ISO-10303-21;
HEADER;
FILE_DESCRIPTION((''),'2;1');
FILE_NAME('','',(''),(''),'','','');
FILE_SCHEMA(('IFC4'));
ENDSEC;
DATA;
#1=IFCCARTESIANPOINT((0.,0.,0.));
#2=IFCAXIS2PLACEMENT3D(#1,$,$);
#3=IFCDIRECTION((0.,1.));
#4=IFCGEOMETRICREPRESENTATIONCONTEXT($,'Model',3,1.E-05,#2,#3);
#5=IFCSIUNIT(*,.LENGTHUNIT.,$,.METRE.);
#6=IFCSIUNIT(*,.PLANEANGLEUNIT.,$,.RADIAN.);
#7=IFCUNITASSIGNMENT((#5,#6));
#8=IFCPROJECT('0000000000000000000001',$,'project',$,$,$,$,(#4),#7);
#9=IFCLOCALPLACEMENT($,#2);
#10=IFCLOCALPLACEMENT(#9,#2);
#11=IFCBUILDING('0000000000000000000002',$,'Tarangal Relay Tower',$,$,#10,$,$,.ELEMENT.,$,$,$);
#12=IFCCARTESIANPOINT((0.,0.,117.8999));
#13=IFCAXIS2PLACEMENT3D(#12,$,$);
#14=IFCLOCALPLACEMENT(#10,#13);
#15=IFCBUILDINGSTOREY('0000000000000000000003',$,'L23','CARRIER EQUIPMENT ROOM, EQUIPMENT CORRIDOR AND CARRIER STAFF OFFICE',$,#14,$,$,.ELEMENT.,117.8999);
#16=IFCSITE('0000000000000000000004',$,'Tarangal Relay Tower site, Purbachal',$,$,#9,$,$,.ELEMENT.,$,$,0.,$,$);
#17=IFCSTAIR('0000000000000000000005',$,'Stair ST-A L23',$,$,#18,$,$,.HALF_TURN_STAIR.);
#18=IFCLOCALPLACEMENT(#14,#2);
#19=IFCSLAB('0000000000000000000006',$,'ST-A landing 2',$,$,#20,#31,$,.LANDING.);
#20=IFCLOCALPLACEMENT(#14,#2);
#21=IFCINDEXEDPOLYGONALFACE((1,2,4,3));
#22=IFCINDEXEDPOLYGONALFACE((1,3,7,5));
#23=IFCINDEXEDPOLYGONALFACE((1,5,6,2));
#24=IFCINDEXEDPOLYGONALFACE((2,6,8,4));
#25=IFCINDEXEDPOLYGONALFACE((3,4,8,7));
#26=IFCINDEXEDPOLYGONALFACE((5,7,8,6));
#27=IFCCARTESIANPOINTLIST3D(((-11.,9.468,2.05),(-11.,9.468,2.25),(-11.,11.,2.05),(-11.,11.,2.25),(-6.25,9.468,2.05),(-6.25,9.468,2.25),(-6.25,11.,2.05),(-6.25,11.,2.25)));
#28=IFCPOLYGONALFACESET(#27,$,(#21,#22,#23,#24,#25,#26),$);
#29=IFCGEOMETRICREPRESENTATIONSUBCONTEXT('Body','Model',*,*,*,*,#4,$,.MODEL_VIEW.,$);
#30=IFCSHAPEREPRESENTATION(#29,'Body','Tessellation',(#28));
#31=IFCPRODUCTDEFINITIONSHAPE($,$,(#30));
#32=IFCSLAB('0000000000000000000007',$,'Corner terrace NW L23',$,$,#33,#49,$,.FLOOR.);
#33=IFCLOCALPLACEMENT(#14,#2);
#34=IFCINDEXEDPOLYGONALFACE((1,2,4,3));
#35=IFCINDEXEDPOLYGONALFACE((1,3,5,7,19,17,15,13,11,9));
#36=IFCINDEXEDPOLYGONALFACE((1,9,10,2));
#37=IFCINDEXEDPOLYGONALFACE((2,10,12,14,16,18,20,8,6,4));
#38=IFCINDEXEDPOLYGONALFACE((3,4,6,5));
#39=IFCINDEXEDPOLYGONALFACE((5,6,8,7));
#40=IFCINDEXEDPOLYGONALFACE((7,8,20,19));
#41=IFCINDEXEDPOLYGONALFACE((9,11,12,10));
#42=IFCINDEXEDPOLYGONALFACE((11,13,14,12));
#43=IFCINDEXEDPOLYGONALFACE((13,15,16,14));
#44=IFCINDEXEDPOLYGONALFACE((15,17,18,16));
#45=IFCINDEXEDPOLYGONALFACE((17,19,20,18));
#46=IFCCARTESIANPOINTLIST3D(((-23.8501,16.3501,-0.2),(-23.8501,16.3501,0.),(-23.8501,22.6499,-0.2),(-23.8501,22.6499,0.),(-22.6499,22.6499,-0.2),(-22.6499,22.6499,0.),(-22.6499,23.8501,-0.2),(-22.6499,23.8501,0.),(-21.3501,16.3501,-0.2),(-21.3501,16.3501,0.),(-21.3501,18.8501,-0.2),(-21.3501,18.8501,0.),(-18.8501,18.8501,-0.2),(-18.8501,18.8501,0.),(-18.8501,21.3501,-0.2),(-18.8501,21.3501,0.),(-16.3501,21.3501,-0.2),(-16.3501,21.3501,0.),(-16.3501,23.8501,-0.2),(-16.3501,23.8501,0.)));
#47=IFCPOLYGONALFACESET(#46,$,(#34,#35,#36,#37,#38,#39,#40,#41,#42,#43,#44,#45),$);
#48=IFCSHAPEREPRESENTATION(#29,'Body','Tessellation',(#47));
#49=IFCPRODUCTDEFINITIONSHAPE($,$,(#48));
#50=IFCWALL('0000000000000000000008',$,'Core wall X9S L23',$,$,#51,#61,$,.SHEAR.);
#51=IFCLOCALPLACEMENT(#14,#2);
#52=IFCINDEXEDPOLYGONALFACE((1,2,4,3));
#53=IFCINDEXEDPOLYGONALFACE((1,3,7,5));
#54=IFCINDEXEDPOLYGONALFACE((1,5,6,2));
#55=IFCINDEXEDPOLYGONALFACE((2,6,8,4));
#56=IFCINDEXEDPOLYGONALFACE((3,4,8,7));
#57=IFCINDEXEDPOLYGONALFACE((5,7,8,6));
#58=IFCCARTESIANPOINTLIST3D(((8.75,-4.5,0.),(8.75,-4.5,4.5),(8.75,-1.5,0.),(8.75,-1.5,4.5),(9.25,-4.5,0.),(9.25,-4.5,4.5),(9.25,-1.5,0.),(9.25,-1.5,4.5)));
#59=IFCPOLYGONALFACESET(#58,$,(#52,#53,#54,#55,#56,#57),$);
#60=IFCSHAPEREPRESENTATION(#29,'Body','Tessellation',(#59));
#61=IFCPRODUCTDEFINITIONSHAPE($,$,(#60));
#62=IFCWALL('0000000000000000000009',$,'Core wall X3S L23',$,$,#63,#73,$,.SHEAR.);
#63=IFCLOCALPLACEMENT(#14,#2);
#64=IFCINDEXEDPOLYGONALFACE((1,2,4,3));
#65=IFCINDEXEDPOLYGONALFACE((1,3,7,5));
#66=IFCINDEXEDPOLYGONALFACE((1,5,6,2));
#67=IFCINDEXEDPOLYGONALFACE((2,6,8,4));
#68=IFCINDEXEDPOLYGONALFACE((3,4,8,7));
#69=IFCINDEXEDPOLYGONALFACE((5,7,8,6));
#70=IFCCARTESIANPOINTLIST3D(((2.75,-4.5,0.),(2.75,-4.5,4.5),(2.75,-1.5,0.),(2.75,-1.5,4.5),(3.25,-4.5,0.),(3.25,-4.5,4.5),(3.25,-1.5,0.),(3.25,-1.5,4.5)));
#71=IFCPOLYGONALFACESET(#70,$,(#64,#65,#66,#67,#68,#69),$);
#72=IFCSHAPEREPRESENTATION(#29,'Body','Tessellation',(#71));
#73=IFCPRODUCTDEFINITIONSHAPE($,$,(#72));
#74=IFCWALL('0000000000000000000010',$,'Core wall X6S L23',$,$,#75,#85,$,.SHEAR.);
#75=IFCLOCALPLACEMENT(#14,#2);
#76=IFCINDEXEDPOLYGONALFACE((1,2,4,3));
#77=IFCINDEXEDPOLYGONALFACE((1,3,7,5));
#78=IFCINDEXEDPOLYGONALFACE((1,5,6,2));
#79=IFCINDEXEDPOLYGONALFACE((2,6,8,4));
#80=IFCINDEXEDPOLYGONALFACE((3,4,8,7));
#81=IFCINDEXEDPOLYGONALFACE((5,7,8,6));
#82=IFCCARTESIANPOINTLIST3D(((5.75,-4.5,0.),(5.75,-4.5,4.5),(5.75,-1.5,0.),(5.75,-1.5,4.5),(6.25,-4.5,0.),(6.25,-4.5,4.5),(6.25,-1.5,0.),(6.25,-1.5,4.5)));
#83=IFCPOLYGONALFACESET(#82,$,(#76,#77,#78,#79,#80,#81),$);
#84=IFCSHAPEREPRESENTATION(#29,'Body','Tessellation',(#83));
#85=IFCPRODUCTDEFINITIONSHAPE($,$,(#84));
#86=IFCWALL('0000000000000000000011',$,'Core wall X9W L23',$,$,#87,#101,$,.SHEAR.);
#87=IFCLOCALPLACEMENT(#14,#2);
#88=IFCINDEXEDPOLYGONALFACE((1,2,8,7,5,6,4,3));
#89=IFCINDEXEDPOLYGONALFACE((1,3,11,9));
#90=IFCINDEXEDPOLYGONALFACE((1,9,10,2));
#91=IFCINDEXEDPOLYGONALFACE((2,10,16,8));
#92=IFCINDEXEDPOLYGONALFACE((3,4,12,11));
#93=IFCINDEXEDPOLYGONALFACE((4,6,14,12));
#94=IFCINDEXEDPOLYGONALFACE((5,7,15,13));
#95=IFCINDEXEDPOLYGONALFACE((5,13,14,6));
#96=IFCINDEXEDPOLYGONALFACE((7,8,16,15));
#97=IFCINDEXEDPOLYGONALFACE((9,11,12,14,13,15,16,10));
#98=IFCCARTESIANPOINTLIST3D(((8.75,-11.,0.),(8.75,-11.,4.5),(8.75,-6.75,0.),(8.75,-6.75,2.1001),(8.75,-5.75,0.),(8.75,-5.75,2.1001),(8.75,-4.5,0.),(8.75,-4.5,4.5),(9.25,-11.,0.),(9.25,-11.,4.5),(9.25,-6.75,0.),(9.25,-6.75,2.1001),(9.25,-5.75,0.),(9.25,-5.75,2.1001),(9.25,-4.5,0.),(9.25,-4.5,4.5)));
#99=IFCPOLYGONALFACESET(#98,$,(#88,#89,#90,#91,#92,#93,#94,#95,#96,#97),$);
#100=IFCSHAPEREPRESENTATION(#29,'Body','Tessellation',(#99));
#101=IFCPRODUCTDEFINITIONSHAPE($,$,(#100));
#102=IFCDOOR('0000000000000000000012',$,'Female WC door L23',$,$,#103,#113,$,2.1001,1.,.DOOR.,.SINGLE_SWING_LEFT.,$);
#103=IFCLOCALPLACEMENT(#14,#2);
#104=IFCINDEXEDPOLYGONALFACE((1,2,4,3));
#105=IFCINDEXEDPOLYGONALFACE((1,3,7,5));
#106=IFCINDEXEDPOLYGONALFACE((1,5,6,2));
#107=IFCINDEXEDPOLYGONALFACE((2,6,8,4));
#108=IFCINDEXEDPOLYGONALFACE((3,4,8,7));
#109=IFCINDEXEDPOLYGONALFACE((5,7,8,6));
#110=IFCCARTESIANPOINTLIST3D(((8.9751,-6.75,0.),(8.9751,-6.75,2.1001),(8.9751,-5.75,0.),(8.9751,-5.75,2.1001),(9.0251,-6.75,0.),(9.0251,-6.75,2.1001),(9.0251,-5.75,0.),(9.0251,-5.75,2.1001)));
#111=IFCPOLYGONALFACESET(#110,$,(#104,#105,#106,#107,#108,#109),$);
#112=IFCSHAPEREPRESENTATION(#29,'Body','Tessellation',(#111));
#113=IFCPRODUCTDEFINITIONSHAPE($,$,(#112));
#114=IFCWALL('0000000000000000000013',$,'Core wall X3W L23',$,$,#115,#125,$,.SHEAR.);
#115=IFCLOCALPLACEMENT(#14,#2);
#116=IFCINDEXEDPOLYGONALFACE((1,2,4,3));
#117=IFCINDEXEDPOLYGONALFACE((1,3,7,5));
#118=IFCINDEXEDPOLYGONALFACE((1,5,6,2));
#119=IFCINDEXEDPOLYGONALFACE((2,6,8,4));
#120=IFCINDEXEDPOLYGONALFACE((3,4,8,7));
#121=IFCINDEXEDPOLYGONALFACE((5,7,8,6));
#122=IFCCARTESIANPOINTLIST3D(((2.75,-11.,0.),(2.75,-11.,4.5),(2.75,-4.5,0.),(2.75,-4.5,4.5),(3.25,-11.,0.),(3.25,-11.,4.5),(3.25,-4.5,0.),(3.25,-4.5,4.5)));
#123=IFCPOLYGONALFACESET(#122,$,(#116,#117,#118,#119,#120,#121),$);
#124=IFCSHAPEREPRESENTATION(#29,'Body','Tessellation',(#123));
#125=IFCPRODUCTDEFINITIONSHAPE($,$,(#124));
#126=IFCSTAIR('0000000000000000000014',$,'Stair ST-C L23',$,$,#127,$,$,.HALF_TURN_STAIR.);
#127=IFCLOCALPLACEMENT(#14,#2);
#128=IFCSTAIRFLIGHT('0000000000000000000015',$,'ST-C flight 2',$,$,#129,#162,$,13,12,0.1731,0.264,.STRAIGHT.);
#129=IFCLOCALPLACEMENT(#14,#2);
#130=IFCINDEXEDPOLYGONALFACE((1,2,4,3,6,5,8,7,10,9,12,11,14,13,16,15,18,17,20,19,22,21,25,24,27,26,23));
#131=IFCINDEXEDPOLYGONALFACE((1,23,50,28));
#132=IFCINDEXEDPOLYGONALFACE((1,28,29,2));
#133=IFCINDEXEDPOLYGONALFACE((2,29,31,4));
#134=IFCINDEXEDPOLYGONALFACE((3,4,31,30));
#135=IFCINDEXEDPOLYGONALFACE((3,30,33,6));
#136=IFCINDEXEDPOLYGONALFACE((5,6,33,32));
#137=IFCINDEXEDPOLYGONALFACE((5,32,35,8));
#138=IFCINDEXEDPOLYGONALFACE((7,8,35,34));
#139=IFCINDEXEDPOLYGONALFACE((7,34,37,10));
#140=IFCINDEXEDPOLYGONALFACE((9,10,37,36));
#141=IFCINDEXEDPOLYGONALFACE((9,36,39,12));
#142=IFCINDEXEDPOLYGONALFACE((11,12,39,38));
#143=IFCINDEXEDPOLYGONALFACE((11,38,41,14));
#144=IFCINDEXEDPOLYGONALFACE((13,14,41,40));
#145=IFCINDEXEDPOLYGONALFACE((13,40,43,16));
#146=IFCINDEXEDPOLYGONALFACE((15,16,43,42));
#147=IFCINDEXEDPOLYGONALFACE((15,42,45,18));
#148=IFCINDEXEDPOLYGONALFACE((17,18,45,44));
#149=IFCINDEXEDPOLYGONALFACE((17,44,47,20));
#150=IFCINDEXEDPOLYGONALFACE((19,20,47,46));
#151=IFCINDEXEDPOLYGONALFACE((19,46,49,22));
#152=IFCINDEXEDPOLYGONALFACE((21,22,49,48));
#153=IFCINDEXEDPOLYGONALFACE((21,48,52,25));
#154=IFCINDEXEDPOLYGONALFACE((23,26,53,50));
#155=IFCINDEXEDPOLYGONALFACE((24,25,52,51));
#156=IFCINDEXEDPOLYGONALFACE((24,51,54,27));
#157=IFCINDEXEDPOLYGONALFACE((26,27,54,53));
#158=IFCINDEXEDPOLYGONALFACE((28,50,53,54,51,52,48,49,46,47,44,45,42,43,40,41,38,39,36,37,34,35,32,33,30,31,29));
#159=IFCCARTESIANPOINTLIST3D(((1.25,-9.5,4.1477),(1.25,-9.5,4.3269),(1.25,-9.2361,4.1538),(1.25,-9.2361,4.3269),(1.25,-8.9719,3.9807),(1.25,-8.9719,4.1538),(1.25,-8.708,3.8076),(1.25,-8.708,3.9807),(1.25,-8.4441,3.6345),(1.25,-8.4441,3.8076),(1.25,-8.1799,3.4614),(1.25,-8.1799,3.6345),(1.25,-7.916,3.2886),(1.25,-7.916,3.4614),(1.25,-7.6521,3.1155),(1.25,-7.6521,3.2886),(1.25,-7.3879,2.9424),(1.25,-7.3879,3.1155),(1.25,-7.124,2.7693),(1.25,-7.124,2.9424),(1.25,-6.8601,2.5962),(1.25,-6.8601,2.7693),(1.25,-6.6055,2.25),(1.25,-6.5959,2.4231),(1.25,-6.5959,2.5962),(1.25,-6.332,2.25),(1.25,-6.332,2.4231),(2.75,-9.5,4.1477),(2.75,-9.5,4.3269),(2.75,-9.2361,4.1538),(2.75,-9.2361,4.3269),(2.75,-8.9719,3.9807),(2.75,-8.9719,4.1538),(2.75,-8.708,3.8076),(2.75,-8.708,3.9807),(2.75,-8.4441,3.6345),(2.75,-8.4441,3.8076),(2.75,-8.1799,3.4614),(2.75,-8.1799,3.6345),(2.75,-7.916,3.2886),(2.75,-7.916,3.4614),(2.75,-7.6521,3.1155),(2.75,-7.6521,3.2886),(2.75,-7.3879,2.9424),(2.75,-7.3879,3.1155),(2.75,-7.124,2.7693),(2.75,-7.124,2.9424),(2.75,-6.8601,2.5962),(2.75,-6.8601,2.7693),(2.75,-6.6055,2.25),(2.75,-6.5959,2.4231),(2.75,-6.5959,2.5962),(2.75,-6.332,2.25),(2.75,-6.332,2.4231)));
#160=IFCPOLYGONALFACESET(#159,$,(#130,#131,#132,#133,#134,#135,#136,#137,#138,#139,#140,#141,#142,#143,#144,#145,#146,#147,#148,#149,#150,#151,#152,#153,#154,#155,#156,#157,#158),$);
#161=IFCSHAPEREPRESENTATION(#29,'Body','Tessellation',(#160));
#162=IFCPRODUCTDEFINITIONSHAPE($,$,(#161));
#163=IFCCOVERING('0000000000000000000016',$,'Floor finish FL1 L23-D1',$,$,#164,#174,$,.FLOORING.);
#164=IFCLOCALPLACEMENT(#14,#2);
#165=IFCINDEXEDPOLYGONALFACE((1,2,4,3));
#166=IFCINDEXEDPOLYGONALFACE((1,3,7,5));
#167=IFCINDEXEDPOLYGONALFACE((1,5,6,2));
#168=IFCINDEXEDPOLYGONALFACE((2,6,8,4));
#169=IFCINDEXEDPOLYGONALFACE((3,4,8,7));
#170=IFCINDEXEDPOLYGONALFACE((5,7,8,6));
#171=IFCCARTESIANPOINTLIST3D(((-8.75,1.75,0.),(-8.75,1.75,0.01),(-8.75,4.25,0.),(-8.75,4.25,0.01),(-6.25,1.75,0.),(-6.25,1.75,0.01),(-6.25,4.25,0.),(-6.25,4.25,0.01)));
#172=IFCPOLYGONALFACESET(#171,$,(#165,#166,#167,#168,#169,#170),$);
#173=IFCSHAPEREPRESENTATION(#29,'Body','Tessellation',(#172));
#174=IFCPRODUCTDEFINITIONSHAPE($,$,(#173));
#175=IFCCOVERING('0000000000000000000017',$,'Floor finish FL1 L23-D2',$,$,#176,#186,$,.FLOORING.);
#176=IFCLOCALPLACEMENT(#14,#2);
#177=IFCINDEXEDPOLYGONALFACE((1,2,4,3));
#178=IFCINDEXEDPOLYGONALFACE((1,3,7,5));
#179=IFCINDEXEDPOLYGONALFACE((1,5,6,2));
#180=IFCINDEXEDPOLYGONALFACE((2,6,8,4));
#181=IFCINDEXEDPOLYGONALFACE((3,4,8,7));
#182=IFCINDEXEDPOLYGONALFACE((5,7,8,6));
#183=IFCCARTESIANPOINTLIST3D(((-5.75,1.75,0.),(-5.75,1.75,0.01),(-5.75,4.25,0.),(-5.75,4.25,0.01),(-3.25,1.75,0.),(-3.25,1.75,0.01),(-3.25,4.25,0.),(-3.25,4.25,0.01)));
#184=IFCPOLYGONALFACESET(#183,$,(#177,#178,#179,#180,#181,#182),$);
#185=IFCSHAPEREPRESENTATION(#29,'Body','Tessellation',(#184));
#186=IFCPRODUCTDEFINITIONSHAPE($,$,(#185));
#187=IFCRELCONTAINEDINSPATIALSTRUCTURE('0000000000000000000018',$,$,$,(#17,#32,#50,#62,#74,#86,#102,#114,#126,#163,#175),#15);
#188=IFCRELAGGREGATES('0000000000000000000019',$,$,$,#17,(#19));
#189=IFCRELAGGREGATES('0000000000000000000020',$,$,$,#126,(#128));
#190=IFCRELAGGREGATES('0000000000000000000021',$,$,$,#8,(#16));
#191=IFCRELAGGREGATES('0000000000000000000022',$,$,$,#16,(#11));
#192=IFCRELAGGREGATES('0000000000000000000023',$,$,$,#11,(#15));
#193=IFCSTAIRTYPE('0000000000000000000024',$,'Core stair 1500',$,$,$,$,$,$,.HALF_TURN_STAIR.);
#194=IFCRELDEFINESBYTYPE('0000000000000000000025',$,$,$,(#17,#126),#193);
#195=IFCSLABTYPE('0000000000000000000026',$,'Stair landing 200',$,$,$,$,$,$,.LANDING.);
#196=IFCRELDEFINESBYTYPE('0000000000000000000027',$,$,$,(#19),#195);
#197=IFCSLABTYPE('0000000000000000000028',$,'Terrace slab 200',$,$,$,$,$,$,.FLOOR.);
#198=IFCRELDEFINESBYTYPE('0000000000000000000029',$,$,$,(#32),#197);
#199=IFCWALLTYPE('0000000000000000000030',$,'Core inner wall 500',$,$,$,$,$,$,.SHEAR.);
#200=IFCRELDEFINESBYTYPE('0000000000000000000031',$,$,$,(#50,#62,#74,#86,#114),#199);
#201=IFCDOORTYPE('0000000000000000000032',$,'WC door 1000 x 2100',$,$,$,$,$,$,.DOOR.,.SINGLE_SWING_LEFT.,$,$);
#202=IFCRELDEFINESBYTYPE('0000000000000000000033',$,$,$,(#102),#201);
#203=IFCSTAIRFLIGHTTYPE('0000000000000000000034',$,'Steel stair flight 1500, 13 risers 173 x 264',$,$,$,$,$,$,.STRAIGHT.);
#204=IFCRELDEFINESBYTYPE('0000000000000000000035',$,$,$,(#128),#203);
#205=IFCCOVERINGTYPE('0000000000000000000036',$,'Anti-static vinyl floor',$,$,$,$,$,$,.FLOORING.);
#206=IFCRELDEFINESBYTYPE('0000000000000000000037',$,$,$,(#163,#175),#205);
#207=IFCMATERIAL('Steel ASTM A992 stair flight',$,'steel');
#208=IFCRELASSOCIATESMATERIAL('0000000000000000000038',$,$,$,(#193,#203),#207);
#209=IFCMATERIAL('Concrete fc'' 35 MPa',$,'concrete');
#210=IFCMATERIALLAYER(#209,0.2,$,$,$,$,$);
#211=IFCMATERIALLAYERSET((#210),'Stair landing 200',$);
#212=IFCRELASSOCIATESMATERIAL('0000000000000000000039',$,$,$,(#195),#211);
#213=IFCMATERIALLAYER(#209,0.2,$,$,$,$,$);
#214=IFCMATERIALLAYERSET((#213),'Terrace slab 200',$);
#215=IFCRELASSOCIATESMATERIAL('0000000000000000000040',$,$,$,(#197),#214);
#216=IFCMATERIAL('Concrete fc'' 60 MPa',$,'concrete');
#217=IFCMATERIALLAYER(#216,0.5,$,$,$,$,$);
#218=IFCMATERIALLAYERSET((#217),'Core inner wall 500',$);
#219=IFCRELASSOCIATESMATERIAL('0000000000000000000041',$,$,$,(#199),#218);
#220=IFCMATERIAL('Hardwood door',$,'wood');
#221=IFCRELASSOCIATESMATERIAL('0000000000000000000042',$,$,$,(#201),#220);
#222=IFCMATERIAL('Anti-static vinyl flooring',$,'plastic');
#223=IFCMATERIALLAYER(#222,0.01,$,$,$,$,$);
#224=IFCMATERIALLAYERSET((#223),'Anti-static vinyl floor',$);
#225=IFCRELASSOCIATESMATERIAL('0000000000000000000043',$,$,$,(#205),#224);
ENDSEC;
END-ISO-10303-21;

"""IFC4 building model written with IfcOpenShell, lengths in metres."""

from ifc_helpers import new_model, si_unit, direction, frame, frame_2d, origin, place, context, subcontext, project, spatial, polyline, rectangle, outline, extrude, material, layer, layer_set, type_object, element, fill, aggregate, save


model = new_model("IFC4")

# Units and contexts
model_context = context("Model", 3, precision=1e-05, world=origin(), true_north=direction((0.0, 1.0)))
body_context = subcontext(model_context, "Body", "Model", "MODEL_VIEW")
ifc_project = project(units=[si_unit("LENGTHUNIT", "METRE"), si_unit("PLANEANGLEUNIT", "RADIAN")], contexts=[model_context])

# Site, building, storey
site_placement = place(None, origin())
site = spatial("IfcSite", under=ifc_project, at=site_placement, Name="Tarangal Relay Tower site, Purbachal", CompositionType="ELEMENT", RefElevation=0.0)
building_placement = place(site_placement, origin())
building = spatial("IfcBuilding", under=site, at=building_placement, Name="Tarangal Relay Tower", CompositionType="ELEMENT")
storey_placement = place(building_placement, frame((0.0, 0.0, 117.8999)))
storey = spatial("IfcBuildingStorey", under=building, at=storey_placement, Name="L23", Description="CARRIER EQUIPMENT ROOM, EQUIPMENT CORRIDOR AND CARRIER STAFF OFFICE", CompositionType="ELEMENT", Elevation=117.8999)

# Shared definitions
ifc_material_1 = material(Name="Concrete fc' 35 MPa", Category="concrete")

# Stair, slab
ifc_material_2 = material(Name="Steel ASTM A992 stair flight", Category="steel")
stair_type = type_object("IfcStairType", Name="Core stair 1500", PredefinedType="HALF_TURN_STAIR", material=ifc_material_2)
stair_1_placement = place(storey_placement, origin())
stair_1 = element("IfcStair", 1, at=stair_1_placement, inside=storey, type_object=stair_type, Name="Stair ST-A L23", PredefinedType="HALF_TURN_STAIR")
ifc_layer_1 = layer(ifc_material_1, 0.2)
ifc_layer_set_1 = layer_set([ifc_layer_1], Name="Stair landing 200")
slab_type_1 = type_object("IfcSlabType", Name="Stair landing 200", PredefinedType="LANDING", material=ifc_layer_set_1)
slab_1_placement = place(storey_placement, frame((0.0, 0.0, 2.05)))
slab_1 = element("IfcSlab", 2, at=slab_1_placement, type_object=slab_type_1, Name="ST-A landing 2", PredefinedType="LANDING", context=body_context, shape_type="SweptSolid", body=[
    extrude(outline(polyline([(-11.0, 9.468), (-6.25, 9.468), (-6.25, 11.0), (-11.0, 11.0), (-11.0, 9.468)])), origin(), (0.0, 0.0, 1.0), 0.2),
])
aggregate(stair_1, [slab_1])

# Slab
ifc_layer_2 = layer(ifc_material_1, 0.2)
ifc_layer_set_2 = layer_set([ifc_layer_2], Name="Terrace slab 200")
slab_type_2 = type_object("IfcSlabType", Name="Terrace slab 200", PredefinedType="FLOOR", material=ifc_layer_set_2)
slab_2_placement = place(storey_placement, frame((0.0, 0.0, -0.2)))
element("IfcSlab", 3, at=slab_2_placement, inside=storey, type_object=slab_type_2, Name="Corner terrace NW L23", PredefinedType="FLOOR", context=body_context, shape_type="SweptSolid", body=[
    extrude(outline(polyline([(-23.8501, 16.3501), (-21.3501, 16.3501), (-21.3501, 18.8501), (-18.8501, 18.8501), (-18.8501, 21.3501), (-16.3501, 21.3501), (-16.3501, 23.8501), (-22.6499, 23.8501), (-22.6499, 22.6499), (-23.8501, 22.6499), (-23.8501, 16.3501)])), origin(), (0.0, 0.0, 1.0), 0.2),
])

# Walls
ifc_material_3 = material(Name="Concrete fc' 60 MPa", Category="concrete")
ifc_layer_3 = layer(ifc_material_3, 0.5)
ifc_layer_set_3 = layer_set([ifc_layer_3], Name="Core inner wall 500")
wall_type_1 = type_object("IfcWallType", Name="Core inner wall 500", PredefinedType="SHEAR", material=ifc_layer_set_3)
for number, where, z_axis, x_axis, name in (
    (4, (9.0, -4.5, 0.0), (0.0, 0.0, 1.0), (0.0, 1.0, 0.0), "Core wall X9S L23"),
    (5, (3.0, -4.5, 0.0), (0.0, 0.0, 1.0), (0.0, 1.0, 0.0), "Core wall X3S L23"),
    (6, (6.0, -4.5, 0.0), (0.0, 0.0, 1.0), (0.0, 1.0, 0.0), "Core wall X6S L23"),
):
    element("IfcWall", number, at=place(storey_placement, frame(where, z_axis=z_axis, x_axis=x_axis)), inside=storey, type_object=wall_type_1, Name=name, PredefinedType="SHEAR", context=body_context, shape_type="SweptSolid", body=[
        extrude(rectangle(XDim=3.0, YDim=0.5, at=frame_2d((1.5, 0.0))), origin(), (0.0, 0.0, 1.0), 4.5),
    ])

# Wall, opening, door
wall_1_placement = place(storey_placement, frame((9.0, -11.0, 0.0), z_axis=(0.0, 0.0, 1.0), x_axis=(0.0, 1.0, 0.0)))
wall_1 = element("IfcWall", 7, at=wall_1_placement, inside=storey, type_object=wall_type_1, Name="Core wall X9W L23", PredefinedType="SHEAR", context=body_context, shape_type="SweptSolid", body=[
    extrude(rectangle(XDim=6.5, YDim=0.5, at=frame_2d((3.25, 0.0))), origin(), (0.0, 0.0, 1.0), 4.5),
])
opening_1_placement = place(wall_1_placement, frame((4.25, 0.0, 0.0)))
opening_1 = element("IfcOpeningElement", 8, at=opening_1_placement, cuts=wall_1, PredefinedType="OPENING", context=body_context, shape_type="SweptSolid", body=[
    extrude(rectangle(XDim=1.0, YDim=2.1001, at=frame_2d((0.5, 1.05))), frame((0.0, 0.26, 0.0), z_axis=(0.0, -1.0, 0.0), x_axis=(1.0, 0.0, 0.0)), (0.0, 0.0, 1.0), 0.52),
])
ifc_material_4 = material(Name="Hardwood door", Category="wood")
door_type_1 = type_object("IfcDoorType", Name="WC door 1000 x 2100", OperationType="SINGLE_SWING_LEFT", PredefinedType="DOOR", material=ifc_material_4)
door_1_placement = place(opening_1_placement, origin())
door_1 = element("IfcDoor", 9, at=door_1_placement, inside=storey, type_object=door_type_1, Name="Female WC door L23", OperationType="SINGLE_SWING_LEFT", OverallHeight=2.1001, OverallWidth=1.0, PredefinedType="DOOR", context=body_context, shape_type="SweptSolid", body=[
    extrude(rectangle(XDim=1.0, YDim=2.1001, at=frame_2d((0.5, 1.05))), frame((0.0, 0.0249, 0.0), z_axis=(0.0, -1.0, 0.0), x_axis=(1.0, 0.0, 0.0)), (0.0, 0.0, 1.0), 0.05),
])
fill(opening_1, door_1)

# Wall
wall_2_placement = place(storey_placement, frame((3.0, -11.0, 0.0), z_axis=(0.0, 0.0, 1.0), x_axis=(0.0, 1.0, 0.0)))
element("IfcWall", 10, at=wall_2_placement, inside=storey, type_object=wall_type_1, Name="Core wall X3W L23", PredefinedType="SHEAR", context=body_context, shape_type="SweptSolid", body=[
    extrude(rectangle(XDim=6.5, YDim=0.5, at=frame_2d((3.25, 0.0))), origin(), (0.0, 0.0, 1.0), 4.5),
])

# Stair, stair flight
stair_2_placement = place(storey_placement, origin())
stair_2 = element("IfcStair", 11, at=stair_2_placement, inside=storey, type_object=stair_type, Name="Stair ST-C L23", PredefinedType="HALF_TURN_STAIR")
stair_flight_type = type_object("IfcStairFlightType", Name="Steel stair flight 1500, 13 risers 173 x 264", PredefinedType="STRAIGHT", material=ifc_material_2)
stair_flight_placement = place(storey_placement, frame((2.0, -6.332, 2.25), z_axis=(0.0, 0.0, 1.0), x_axis=(0.0, -1.0, 0.0)))
stair_flight = element("IfcStairFlight", 12, at=stair_flight_placement, type_object=stair_flight_type, Name="ST-C flight 2", NumberOfRisers=13, NumberOfTreads=12, PredefinedType="STRAIGHT", RiserHeight=0.1731, TreadLength=0.264, context=body_context, shape_type="SweptSolid", body=[
    extrude(outline(polyline([(0.0, 0.0), (0.0, 0.1731), (0.2639, 0.1731), (0.2639, 0.3462), (0.5281, 0.3462), (0.5281, 0.5193), (0.792, 0.5193), (0.792, 0.6924), (1.0559, 0.6924), (1.0559, 0.8655), (1.3201, 0.8655), (1.3201, 1.0386), (1.584, 1.0386), (1.584, 1.2114), (1.8479, 1.2114), (1.8479, 1.3845), (2.1121, 1.3845), (2.1121, 1.5576), (2.376, 1.5576), (2.376, 1.7307), (2.6399, 1.7307), (2.6399, 1.9038), (2.9041, 1.9038), (2.9041, 2.0769), (3.168, 2.0769), (3.168, 2.25), (3.168, 1.8977), (0.2734, 0.0), (0.0, 0.0)])), frame((0.0, 0.75, 0.0), z_axis=(0.0, -1.0, 0.0), x_axis=(1.0, 0.0, 0.0)), (0.0, 0.0, 1.0), 1.5),
])
aggregate(stair_2, [stair_flight])

# Coverings
ifc_material_5 = material(Name="Anti-static vinyl flooring", Category="plastic")
ifc_layer_4 = layer(ifc_material_5, 0.01)
ifc_layer_set_4 = layer_set([ifc_layer_4], Name="Anti-static vinyl floor")
covering_type_1 = type_object("IfcCoveringType", Name="Anti-static vinyl floor", PredefinedType="FLOORING", material=ifc_layer_set_4)
covering_1_placement = place(storey_placement, origin())
element("IfcCovering", 13, at=covering_1_placement, inside=storey, type_object=covering_type_1, Name="Floor finish FL1 L23-D1", PredefinedType="FLOORING", context=body_context, shape_type="SweptSolid", body=[
    extrude(outline(polyline([(-8.75, 1.75), (-6.25, 1.75), (-6.25, 4.25), (-8.75, 4.25), (-8.75, 1.75)])), origin(), (0.0, 0.0, 1.0), 0.01),
])
covering_2_placement = place(storey_placement, origin())
element("IfcCovering", 14, at=covering_2_placement, inside=storey, type_object=covering_type_1, Name="Floor finish FL1 L23-D2", PredefinedType="FLOORING", context=body_context, shape_type="SweptSolid", body=[
    extrude(outline(polyline([(-5.75, 1.75), (-3.25, 1.75), (-3.25, 4.25), (-5.75, 4.25), (-5.75, 1.75)])), origin(), (0.0, 0.0, 1.0), 0.01),
])

save(model, "model.ifc")
